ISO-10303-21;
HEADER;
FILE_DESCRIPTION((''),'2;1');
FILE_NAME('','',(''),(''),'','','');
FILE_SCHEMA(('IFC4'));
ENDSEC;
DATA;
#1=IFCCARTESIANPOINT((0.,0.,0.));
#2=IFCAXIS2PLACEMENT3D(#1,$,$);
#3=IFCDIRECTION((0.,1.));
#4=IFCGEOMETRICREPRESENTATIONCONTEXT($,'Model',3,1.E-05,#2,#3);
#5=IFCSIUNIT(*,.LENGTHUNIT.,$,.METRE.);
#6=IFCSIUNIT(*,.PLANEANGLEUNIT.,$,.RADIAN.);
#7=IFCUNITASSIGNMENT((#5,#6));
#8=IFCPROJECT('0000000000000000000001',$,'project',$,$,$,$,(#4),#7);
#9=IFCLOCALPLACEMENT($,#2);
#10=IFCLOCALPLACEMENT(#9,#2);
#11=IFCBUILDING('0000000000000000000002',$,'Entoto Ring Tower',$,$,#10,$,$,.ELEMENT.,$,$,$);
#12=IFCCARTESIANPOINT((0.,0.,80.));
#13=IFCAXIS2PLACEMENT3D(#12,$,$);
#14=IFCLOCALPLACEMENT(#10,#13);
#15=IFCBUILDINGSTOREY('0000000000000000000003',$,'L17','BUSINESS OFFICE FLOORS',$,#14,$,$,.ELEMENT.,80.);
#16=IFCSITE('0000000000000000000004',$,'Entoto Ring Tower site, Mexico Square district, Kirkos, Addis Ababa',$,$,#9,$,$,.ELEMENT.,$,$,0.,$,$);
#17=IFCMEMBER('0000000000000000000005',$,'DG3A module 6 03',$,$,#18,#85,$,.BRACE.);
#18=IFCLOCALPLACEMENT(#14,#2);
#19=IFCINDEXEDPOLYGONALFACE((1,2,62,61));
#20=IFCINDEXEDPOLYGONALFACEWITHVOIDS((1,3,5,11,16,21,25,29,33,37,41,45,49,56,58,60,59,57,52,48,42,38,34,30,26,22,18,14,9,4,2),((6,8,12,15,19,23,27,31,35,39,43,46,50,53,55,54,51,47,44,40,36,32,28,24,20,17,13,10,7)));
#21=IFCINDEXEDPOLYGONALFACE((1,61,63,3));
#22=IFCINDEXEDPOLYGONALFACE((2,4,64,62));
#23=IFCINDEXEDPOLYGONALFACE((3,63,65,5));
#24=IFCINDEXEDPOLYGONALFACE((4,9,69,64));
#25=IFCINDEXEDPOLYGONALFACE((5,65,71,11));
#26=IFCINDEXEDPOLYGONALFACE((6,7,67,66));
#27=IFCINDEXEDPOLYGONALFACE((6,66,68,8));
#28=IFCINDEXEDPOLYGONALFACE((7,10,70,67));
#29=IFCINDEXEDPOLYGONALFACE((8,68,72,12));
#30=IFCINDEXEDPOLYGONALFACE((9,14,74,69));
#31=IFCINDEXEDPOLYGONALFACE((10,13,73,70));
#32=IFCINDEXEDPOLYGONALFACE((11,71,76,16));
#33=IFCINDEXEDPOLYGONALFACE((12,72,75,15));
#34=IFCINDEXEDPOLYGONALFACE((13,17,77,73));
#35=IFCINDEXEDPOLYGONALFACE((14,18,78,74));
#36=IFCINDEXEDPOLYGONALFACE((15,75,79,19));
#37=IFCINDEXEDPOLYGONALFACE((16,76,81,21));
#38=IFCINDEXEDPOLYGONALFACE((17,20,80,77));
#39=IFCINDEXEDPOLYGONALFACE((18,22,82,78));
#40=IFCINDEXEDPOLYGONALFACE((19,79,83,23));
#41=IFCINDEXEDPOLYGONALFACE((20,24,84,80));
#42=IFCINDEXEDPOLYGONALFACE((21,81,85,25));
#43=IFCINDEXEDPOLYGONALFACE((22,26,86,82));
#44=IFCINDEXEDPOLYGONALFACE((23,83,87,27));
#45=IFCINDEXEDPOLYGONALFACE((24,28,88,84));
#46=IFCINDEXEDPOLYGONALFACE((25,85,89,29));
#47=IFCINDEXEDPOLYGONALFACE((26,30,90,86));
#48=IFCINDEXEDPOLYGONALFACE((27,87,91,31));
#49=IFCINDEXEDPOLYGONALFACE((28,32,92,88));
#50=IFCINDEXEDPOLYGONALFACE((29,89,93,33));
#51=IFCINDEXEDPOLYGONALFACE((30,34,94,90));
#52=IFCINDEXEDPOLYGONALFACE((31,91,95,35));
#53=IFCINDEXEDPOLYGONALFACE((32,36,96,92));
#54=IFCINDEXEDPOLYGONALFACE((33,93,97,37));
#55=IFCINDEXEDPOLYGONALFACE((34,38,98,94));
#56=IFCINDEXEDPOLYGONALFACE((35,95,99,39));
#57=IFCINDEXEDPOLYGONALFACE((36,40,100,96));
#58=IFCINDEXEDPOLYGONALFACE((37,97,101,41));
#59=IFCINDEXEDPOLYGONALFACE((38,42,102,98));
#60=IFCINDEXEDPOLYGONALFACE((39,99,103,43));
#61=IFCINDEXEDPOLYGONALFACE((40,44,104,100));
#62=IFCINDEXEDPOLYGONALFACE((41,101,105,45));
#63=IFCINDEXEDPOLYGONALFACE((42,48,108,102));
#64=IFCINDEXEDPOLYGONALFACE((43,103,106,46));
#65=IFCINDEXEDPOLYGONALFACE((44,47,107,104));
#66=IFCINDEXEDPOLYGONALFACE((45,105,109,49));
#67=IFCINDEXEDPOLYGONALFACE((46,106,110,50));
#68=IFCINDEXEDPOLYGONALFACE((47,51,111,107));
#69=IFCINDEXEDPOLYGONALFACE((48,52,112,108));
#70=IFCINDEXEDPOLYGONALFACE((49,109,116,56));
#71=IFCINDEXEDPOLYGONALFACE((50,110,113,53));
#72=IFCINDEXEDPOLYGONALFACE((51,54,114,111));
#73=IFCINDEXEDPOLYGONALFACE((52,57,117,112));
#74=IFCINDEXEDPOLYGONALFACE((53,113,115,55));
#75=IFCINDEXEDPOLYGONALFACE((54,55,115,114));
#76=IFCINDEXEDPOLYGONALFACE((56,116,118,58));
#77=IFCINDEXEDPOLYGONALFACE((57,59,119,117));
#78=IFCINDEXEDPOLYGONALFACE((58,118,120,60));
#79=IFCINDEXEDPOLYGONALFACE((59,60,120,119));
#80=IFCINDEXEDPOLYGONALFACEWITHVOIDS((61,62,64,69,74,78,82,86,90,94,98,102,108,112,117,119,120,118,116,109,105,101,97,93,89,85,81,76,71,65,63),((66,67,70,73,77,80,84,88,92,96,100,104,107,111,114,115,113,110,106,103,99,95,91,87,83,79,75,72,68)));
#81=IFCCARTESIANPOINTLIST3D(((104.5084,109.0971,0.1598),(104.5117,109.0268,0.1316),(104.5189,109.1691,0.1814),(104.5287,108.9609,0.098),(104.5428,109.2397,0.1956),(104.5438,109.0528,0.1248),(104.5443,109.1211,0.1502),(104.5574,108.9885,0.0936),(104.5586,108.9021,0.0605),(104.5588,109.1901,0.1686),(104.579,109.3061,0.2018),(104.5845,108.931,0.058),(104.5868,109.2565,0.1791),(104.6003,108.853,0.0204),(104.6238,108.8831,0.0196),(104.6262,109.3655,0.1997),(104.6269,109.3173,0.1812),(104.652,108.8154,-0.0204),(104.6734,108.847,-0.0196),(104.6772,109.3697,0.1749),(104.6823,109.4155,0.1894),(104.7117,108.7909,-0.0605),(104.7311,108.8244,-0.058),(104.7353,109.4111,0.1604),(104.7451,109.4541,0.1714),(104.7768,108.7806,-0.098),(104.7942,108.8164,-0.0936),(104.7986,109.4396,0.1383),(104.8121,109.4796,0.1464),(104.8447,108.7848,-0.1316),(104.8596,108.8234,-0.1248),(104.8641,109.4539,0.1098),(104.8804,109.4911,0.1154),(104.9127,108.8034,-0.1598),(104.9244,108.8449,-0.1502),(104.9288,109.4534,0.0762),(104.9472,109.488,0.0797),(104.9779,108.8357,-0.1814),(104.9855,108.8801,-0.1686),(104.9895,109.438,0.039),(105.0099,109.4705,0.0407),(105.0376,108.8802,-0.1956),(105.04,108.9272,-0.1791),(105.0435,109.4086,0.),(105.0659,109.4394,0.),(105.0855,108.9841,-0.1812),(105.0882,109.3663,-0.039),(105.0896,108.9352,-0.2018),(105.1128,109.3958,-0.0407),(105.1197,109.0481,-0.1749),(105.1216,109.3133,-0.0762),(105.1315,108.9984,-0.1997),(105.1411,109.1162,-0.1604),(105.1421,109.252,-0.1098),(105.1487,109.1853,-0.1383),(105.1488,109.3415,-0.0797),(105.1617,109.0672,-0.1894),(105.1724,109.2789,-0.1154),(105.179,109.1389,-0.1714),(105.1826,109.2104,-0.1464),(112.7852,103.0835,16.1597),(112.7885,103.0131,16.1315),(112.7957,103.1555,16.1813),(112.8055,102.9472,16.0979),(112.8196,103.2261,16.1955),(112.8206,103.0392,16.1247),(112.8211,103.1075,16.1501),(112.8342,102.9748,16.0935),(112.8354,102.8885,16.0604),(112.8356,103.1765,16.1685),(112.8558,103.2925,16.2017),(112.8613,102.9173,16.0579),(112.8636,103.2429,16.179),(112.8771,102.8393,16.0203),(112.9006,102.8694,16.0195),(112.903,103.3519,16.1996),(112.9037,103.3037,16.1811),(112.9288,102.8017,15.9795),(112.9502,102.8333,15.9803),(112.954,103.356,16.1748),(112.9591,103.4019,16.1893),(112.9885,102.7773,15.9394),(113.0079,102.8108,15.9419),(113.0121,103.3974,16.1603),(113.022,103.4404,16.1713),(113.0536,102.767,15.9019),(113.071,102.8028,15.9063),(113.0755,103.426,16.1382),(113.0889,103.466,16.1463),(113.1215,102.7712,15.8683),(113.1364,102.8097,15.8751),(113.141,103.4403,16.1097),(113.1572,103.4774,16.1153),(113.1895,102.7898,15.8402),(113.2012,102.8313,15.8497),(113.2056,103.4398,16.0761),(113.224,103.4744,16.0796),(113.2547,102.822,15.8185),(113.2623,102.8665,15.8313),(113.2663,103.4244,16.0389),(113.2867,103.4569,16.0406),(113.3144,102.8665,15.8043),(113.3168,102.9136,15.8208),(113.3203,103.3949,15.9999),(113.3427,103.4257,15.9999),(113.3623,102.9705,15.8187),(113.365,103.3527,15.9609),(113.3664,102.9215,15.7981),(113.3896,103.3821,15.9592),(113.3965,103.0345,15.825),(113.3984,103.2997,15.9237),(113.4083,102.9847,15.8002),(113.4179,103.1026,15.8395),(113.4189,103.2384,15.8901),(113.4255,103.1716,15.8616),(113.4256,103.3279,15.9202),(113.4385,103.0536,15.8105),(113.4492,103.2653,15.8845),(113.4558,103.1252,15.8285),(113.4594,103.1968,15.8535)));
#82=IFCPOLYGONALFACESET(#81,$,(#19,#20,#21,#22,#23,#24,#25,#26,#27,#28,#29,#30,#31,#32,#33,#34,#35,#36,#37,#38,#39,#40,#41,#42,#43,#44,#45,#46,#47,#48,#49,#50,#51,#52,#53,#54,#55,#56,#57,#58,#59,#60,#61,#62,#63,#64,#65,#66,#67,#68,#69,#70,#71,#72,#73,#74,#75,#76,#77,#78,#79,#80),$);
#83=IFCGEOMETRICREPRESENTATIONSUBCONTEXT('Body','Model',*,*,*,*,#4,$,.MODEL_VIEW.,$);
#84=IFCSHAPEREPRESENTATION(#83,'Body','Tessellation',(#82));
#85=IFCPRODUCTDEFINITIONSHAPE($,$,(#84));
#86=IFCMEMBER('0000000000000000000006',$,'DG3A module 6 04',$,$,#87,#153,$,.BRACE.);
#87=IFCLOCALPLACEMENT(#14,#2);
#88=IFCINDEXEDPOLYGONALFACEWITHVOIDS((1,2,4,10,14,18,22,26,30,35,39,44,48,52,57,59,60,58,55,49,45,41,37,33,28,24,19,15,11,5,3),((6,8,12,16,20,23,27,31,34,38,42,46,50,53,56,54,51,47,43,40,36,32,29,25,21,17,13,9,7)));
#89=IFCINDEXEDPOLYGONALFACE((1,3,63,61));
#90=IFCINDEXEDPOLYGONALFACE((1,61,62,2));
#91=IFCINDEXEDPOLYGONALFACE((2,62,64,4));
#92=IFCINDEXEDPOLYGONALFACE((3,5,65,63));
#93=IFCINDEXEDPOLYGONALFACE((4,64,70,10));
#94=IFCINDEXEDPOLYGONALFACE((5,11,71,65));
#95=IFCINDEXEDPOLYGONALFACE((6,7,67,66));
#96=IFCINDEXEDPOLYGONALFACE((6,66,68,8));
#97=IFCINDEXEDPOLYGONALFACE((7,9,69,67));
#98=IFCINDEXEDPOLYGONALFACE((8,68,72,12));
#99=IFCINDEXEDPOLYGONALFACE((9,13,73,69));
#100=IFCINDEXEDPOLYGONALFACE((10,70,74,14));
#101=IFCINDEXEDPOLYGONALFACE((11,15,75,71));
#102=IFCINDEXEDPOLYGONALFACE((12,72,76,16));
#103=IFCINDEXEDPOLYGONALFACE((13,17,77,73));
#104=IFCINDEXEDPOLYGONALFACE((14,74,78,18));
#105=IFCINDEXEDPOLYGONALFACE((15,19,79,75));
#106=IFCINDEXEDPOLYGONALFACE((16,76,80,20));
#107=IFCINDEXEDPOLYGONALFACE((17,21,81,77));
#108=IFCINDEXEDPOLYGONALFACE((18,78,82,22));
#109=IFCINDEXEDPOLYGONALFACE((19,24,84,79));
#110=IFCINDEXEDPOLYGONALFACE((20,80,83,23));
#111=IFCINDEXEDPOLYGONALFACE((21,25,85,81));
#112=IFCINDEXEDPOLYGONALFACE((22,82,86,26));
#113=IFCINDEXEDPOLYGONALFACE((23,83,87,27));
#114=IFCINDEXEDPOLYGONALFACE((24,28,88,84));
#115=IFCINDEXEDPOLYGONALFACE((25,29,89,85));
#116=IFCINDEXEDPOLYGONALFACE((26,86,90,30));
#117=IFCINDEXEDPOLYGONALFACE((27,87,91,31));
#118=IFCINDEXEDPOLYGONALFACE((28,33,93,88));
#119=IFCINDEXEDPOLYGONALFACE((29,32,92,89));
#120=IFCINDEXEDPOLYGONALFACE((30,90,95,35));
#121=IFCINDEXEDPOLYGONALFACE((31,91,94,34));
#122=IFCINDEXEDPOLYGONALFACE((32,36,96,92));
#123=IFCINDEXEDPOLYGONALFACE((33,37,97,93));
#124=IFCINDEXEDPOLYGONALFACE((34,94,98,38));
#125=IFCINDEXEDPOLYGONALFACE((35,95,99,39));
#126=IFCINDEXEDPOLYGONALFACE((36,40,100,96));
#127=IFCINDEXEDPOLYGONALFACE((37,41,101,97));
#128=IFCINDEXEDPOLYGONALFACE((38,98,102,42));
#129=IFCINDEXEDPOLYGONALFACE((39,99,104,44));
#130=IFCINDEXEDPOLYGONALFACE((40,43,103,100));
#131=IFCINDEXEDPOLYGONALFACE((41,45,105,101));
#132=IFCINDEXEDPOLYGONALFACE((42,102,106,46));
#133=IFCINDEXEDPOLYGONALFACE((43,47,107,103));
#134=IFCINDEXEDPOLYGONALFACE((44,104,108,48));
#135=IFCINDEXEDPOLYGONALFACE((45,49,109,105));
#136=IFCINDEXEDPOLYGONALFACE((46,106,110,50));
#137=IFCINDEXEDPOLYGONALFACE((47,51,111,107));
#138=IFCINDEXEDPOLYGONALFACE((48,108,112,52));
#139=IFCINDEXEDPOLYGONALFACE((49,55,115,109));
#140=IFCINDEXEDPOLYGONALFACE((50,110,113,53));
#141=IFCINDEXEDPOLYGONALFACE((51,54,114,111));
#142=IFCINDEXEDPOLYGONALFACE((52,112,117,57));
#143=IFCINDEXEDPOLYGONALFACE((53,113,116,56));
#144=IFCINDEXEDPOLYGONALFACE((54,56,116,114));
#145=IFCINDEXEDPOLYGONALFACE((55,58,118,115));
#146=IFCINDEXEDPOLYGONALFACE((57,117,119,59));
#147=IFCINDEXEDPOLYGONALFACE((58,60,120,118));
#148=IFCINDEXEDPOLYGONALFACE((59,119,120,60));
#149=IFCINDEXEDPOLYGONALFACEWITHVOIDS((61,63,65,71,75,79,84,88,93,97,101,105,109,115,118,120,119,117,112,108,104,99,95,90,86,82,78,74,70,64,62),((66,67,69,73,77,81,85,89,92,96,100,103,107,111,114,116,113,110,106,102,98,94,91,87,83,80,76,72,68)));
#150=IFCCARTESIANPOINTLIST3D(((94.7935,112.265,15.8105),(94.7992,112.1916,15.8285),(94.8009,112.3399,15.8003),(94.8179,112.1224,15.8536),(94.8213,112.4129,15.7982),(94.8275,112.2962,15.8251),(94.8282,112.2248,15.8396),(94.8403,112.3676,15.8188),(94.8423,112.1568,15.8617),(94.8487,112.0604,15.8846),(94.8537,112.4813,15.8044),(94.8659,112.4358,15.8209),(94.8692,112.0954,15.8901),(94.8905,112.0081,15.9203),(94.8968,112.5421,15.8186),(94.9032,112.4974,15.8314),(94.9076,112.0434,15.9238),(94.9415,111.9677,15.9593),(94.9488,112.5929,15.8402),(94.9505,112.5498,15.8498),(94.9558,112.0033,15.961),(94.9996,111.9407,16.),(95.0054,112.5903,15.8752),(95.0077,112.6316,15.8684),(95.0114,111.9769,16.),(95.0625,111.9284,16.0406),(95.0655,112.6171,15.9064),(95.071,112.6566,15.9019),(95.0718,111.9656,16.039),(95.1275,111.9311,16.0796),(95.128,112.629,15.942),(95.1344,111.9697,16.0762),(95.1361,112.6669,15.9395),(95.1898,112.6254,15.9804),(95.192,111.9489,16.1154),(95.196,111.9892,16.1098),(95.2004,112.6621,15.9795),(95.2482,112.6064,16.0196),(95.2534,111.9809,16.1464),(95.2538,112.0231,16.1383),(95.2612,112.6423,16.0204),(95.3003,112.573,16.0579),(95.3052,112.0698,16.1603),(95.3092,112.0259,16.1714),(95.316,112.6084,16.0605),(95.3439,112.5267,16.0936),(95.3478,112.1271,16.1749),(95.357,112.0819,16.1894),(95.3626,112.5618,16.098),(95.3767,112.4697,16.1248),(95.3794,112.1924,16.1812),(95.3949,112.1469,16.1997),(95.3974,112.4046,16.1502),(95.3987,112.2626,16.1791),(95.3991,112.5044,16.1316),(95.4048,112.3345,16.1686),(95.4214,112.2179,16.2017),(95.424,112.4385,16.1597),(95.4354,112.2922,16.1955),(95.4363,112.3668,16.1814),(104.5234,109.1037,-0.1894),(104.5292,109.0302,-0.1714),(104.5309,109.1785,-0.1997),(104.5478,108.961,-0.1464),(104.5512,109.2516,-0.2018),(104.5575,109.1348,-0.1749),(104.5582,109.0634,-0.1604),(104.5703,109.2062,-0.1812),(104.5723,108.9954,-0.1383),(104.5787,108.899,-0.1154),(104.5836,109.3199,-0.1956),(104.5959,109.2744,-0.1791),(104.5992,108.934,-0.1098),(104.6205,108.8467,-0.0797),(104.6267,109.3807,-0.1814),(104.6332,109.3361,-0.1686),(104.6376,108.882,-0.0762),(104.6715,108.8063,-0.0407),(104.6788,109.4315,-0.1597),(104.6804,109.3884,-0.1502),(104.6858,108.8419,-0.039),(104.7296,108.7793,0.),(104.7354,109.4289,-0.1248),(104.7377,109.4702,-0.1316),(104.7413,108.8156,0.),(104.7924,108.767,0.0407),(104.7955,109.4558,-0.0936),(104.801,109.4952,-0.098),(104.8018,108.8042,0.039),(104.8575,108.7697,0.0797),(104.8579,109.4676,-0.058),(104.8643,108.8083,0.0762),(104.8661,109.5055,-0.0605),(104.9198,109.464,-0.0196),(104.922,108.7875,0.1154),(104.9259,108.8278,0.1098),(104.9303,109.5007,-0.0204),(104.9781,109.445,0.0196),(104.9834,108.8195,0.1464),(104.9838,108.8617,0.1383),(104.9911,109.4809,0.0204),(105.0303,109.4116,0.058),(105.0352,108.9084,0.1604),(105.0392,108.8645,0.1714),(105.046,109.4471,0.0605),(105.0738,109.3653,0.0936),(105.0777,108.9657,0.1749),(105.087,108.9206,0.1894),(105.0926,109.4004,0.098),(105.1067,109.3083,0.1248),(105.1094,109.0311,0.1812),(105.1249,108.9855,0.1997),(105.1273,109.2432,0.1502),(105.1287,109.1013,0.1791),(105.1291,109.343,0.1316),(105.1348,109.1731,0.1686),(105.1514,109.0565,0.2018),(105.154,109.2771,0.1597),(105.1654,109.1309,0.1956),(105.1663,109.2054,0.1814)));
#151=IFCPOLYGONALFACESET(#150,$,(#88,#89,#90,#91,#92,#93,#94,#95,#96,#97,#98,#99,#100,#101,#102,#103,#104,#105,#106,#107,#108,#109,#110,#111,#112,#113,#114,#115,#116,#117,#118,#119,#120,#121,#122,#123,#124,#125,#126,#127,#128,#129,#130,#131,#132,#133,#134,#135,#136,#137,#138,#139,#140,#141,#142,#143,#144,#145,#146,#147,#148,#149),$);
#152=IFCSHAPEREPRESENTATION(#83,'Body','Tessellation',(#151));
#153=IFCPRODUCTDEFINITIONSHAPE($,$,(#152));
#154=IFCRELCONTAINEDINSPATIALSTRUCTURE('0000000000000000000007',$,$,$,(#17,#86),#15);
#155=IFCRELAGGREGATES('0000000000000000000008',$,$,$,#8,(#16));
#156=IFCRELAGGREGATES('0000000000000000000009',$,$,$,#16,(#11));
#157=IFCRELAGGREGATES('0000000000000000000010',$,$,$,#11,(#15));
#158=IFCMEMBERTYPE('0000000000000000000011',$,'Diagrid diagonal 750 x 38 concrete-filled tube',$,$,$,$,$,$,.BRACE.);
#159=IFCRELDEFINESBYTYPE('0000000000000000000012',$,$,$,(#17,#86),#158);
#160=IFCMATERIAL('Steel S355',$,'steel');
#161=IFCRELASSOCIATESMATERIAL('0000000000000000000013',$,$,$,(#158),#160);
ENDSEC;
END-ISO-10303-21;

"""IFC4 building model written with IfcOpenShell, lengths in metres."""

from ifc_helpers import new_model, si_unit, direction, frame, origin, origin_2d, place, context, subcontext, project, spatial, circle, hollow_circle, extrude, material, material_profile, profile_set, type_object, element, save


model = new_model("IFC4")

# Units and contexts
model_context = context("Model", 3, precision=1e-05, world=origin(), true_north=direction((0.0, 1.0)))
body_context = subcontext(model_context, "Body", "Model", "MODEL_VIEW")
ifc_project = project(units=[si_unit("LENGTHUNIT", "METRE"), si_unit("PLANEANGLEUNIT", "RADIAN")], contexts=[model_context])

# Site, building, storey
site_placement = place(None, origin())
site = spatial("IfcSite", under=ifc_project, at=site_placement, Name="Entoto Ring Tower site, Mexico Square district, Kirkos, Addis Ababa", CompositionType="ELEMENT", RefElevation=0.0)
building_placement = place(site_placement, origin())
building = spatial("IfcBuilding", under=site, at=building_placement, Name="Entoto Ring Tower", CompositionType="ELEMENT")
storey_placement = place(building_placement, frame((0.0, 0.0, 80.0)))
storey = spatial("IfcBuildingStorey", under=building, at=storey_placement, Name="L17", Description="BUSINESS OFFICE FLOORS", CompositionType="ELEMENT", Elevation=80.0)

# Members
ifc_material_1 = material(Name="Steel S355", Category="steel")
ifc_material_profile_1 = material_profile(ifc_material_1, hollow_circle(Radius=0.375, WallThickness=0.0381, at=origin_2d()), Name="CHS 750 x 38")
ifc_material_2 = material(Name="Concrete C60/75", Category="concrete")
ifc_material_profile_2 = material_profile(ifc_material_2, circle(Radius=0.3369, at=origin_2d()), Name="Concrete C60/75 infill")
ifc_profile_set_1 = profile_set([ifc_material_profile_1, ifc_material_profile_2], Name="Steel S355")
member_type_1 = type_object("IfcMemberType", Name="Diagrid diagonal 750 x 38 concrete-filled tube", PredefinedType="BRACE", material=ifc_profile_set_1)
for number, where, z_axis, x_axis, name in (
    (1, (104.8455, 109.136, 0.0), (0.435823, -0.316654, 0.84249), (0.587797, 0.809008, 0.0), "DG3A module 6 03"),
    (2, (104.8455, 109.136, 0.0), (-0.512341, 0.166465, 0.842494), (-0.309009, -0.951059, 0.0), "DG3A module 6 04"),
):
    element("IfcMember", number, at=place(storey_placement, frame(where, z_axis=z_axis, x_axis=x_axis)), inside=storey, type_object=member_type_1, Name=name, PredefinedType="BRACE", context=body_context, shape_type="SweptSolid", body=[
        extrude(hollow_circle(Radius=0.375, WallThickness=0.0381, at=origin_2d()), origin(), (0.0, 0.0, 1.0), 18.9912),
    ])

save(model, "model.ifc")
